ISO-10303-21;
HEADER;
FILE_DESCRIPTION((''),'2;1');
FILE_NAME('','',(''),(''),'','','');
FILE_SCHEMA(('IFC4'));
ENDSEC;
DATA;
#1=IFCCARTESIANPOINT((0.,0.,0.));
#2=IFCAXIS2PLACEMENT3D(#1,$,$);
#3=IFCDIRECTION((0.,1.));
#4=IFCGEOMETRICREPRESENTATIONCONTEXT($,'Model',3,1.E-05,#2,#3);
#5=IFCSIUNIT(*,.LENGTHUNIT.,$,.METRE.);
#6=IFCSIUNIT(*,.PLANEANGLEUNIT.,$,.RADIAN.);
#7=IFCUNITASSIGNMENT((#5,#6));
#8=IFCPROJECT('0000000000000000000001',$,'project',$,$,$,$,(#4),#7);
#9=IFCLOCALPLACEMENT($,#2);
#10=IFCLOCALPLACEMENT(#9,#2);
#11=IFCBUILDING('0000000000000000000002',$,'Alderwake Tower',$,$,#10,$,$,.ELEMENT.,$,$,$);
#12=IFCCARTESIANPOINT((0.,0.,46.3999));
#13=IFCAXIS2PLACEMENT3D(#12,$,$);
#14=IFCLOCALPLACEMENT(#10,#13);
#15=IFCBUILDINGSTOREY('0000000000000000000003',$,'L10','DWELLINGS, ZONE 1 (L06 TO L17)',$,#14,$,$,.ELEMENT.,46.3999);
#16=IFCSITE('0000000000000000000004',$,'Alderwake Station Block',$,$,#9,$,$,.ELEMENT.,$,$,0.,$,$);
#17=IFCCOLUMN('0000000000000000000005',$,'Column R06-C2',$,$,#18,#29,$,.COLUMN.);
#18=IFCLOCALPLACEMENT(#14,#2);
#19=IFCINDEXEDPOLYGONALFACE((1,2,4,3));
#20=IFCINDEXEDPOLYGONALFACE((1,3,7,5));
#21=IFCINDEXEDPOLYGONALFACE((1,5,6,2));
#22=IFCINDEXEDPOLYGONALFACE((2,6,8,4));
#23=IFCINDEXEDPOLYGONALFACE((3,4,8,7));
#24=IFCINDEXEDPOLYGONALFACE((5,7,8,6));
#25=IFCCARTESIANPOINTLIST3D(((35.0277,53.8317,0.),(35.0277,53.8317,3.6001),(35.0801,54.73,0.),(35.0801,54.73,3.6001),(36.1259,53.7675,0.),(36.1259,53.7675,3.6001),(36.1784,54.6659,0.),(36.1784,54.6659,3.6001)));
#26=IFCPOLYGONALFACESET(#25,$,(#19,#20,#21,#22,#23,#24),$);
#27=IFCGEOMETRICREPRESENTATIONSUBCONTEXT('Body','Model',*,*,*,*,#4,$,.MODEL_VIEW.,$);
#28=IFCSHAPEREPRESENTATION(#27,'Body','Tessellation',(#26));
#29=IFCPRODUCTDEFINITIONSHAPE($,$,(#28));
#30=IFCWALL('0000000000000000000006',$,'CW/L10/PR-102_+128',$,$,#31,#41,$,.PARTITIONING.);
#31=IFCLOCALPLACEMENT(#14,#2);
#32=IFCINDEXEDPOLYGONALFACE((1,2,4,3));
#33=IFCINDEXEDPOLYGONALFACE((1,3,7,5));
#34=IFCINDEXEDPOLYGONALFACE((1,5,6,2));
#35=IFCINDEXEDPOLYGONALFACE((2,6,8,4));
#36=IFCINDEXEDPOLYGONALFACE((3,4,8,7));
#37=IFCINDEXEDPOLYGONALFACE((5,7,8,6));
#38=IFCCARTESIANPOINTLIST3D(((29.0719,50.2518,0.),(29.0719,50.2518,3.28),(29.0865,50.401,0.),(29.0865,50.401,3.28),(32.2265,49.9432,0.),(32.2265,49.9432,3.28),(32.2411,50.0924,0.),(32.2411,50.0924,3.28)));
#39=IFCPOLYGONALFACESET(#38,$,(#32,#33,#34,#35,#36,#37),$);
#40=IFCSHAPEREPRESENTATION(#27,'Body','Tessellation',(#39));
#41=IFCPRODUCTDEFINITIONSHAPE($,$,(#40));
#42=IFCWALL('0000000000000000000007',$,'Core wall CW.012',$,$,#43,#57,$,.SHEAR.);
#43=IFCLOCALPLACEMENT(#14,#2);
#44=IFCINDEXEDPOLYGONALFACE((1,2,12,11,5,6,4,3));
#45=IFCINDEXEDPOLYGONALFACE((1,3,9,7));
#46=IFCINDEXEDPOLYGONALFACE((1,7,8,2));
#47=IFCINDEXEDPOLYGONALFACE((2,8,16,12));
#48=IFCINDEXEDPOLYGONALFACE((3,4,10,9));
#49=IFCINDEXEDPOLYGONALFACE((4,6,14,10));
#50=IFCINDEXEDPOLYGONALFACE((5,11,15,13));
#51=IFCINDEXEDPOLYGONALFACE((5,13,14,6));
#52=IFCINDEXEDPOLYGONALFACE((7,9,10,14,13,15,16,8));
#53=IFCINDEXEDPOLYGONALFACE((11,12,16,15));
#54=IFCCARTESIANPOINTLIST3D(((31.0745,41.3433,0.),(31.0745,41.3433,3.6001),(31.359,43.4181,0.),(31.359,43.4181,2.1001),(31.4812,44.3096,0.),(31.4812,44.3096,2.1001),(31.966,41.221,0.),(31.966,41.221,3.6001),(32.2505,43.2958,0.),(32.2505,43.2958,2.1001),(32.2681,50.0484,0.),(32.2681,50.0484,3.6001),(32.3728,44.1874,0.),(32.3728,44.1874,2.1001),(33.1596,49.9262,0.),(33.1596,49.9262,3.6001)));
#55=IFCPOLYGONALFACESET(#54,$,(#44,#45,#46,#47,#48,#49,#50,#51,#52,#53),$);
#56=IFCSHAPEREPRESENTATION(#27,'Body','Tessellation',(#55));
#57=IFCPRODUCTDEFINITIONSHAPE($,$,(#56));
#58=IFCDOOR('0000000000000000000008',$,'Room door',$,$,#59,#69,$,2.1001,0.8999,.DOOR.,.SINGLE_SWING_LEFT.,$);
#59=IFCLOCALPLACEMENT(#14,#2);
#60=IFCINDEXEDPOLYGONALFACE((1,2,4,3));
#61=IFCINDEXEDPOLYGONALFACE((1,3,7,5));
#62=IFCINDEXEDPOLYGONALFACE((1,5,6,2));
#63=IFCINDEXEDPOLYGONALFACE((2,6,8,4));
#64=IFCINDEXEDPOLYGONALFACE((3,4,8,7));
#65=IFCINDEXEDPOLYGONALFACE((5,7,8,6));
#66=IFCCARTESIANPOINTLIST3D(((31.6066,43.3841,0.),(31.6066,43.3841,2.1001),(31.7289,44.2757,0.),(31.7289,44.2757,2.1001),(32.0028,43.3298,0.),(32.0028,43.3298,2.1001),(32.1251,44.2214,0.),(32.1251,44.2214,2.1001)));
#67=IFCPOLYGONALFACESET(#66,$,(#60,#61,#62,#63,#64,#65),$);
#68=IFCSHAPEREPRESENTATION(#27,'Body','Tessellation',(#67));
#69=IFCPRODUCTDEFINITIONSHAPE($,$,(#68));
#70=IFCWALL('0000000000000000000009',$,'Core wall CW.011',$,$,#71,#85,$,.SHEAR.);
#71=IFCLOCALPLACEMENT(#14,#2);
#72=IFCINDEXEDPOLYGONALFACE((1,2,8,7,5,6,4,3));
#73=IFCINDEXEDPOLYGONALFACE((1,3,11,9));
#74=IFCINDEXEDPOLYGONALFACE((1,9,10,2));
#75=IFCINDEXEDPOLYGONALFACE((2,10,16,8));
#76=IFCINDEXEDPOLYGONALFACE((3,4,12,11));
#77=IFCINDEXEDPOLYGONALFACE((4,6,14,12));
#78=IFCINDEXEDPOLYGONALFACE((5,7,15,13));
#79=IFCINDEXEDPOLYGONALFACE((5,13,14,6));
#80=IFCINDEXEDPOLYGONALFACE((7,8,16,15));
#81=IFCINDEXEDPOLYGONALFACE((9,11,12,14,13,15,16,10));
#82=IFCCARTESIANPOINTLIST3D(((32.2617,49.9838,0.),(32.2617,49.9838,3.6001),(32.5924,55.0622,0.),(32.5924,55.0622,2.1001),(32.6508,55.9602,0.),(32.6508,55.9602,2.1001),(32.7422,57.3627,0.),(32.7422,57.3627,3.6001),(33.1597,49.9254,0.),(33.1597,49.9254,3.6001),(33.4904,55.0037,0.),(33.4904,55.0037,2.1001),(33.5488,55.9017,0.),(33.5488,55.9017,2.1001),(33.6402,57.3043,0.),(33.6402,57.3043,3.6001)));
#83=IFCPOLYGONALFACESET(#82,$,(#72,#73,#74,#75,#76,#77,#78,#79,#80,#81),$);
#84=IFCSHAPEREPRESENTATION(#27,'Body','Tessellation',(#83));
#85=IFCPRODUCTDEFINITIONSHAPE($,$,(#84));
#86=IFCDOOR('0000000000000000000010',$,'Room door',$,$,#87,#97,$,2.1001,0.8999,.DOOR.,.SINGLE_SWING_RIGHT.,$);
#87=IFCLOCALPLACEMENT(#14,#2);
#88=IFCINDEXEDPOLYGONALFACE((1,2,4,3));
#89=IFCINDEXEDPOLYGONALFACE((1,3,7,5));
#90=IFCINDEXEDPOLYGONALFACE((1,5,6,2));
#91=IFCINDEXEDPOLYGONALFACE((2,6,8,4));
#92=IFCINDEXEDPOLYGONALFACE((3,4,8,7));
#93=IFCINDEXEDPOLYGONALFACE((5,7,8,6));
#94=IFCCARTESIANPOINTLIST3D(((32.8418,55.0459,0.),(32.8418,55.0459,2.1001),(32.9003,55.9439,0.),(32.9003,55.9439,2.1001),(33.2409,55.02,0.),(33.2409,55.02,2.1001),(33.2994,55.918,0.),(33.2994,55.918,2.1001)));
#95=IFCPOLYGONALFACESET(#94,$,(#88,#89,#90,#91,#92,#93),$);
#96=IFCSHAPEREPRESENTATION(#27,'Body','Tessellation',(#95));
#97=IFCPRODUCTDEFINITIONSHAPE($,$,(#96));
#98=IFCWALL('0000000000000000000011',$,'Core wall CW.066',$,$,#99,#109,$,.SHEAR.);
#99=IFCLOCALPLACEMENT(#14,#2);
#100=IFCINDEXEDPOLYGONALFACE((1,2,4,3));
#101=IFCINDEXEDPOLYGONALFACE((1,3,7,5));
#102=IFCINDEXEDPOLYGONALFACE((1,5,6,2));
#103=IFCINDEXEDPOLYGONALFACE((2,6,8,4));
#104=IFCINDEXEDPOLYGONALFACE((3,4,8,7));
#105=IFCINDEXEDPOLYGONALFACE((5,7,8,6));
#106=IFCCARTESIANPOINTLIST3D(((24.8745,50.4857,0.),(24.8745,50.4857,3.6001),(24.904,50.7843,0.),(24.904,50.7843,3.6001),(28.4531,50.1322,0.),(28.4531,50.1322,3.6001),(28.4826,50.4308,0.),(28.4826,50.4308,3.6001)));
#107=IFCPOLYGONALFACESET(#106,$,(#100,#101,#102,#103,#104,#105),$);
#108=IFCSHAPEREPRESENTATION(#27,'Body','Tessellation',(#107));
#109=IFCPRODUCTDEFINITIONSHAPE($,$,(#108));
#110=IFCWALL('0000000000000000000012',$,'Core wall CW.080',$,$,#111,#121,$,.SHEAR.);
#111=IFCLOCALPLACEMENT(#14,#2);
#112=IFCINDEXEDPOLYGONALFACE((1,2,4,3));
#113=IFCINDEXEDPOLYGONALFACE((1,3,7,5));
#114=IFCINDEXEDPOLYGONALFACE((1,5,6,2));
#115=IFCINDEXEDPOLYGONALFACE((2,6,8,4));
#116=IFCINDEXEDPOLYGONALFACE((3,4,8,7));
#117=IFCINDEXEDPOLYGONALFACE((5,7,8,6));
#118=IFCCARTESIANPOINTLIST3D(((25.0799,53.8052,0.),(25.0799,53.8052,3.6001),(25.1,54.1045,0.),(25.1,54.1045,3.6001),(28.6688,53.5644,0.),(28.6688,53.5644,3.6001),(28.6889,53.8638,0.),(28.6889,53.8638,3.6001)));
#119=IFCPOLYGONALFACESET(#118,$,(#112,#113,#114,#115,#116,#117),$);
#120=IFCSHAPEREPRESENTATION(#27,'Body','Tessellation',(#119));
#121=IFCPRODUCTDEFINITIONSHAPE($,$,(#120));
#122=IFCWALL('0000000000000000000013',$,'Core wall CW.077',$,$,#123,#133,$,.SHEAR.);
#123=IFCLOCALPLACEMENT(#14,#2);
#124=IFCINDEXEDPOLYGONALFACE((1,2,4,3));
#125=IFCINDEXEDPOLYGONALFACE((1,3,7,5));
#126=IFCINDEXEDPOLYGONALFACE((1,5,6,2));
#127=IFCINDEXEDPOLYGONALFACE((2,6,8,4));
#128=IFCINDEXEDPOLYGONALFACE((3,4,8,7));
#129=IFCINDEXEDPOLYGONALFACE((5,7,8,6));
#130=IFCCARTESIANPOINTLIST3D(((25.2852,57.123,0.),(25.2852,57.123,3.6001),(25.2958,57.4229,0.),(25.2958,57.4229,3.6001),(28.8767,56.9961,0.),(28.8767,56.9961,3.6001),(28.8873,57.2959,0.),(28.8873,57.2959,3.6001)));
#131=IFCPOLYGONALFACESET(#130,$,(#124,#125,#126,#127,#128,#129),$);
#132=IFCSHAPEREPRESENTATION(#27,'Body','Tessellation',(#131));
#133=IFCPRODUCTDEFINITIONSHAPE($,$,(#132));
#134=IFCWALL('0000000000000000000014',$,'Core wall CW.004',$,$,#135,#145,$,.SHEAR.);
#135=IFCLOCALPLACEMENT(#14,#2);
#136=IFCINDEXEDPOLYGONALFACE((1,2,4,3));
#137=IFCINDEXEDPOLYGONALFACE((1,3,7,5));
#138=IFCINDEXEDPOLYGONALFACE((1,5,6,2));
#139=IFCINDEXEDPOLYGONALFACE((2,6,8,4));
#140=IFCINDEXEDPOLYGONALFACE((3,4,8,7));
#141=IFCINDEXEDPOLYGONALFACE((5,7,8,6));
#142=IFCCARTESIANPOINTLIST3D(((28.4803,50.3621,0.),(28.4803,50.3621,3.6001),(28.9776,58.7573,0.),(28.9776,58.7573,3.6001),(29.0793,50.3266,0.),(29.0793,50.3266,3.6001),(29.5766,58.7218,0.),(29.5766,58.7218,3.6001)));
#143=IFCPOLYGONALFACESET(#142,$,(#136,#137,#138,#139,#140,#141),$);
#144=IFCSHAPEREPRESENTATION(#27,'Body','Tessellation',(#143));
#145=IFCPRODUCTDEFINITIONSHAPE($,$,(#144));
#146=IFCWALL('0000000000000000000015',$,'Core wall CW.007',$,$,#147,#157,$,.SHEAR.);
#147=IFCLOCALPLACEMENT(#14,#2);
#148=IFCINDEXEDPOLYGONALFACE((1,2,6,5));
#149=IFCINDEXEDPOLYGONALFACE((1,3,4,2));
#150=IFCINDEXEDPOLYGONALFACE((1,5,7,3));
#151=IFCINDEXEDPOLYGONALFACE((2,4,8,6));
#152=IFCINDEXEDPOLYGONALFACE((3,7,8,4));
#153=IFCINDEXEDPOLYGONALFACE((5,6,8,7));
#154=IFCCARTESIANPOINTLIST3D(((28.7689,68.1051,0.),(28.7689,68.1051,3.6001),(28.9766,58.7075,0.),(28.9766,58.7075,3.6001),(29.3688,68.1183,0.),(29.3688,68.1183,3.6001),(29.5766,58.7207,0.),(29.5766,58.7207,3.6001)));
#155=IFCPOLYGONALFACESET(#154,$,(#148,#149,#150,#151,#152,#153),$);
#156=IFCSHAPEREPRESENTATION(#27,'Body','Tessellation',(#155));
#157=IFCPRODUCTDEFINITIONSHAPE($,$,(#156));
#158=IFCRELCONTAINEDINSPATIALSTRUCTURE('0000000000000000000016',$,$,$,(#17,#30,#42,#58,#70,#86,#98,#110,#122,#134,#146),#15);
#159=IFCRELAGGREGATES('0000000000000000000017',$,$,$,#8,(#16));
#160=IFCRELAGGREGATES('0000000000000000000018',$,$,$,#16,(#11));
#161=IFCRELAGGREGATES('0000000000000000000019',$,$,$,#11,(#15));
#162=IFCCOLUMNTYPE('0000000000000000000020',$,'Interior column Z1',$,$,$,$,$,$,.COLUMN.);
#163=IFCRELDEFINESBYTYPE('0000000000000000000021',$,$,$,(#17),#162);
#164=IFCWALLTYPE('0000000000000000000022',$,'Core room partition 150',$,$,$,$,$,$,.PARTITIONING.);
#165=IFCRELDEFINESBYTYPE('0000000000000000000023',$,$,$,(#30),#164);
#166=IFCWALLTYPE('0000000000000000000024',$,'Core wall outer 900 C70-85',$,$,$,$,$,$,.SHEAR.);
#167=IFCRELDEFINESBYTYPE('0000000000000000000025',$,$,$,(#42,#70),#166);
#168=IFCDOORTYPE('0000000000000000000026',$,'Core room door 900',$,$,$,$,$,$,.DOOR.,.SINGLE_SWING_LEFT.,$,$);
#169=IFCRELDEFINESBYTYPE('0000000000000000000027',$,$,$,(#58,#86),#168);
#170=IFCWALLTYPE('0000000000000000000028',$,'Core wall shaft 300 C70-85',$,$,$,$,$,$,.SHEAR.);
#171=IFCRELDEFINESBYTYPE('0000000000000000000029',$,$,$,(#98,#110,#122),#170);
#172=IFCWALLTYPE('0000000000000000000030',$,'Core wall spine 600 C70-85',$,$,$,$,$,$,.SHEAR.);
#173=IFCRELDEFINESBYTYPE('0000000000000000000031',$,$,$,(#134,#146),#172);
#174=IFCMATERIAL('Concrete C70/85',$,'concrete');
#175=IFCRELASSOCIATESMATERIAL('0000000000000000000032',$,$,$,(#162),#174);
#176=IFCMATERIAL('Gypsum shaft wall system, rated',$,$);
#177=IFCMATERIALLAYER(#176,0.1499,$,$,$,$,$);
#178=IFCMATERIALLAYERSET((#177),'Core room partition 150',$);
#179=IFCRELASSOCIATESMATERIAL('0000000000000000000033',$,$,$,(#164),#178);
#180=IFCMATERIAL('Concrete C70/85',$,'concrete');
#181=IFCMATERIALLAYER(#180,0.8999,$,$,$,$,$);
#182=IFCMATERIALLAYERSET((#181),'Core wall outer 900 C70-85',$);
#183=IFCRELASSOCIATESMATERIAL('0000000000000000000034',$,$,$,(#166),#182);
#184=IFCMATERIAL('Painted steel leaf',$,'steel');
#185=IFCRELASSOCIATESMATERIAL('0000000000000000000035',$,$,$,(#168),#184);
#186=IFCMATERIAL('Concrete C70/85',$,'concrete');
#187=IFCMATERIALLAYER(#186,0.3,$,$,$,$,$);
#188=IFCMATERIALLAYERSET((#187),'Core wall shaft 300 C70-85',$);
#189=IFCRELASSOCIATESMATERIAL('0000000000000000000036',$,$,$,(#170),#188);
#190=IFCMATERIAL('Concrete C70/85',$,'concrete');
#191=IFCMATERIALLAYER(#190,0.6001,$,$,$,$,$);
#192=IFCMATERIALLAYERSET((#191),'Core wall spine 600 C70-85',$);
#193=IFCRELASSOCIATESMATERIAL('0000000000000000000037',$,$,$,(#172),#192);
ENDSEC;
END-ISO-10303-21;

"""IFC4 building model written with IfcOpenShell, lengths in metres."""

from ifc_helpers import new_model, si_unit, direction, frame, frame_2d, origin, origin_2d, place, context, subcontext, project, spatial, rectangle, extrude, material, layer, layer_set, material_profile, profile_set, type_object, element, fill, save


model = new_model("IFC4")

# Units and contexts
model_context = context("Model", 3, precision=1e-05, world=origin(), true_north=direction((0.0, 1.0)))
body_context = subcontext(model_context, "Body", "Model", "MODEL_VIEW")
ifc_project = project(units=[si_unit("LENGTHUNIT", "METRE"), si_unit("PLANEANGLEUNIT", "RADIAN")], contexts=[model_context])

# Site, building, storey
site_placement = place(None, origin())
site = spatial("IfcSite", under=ifc_project, at=site_placement, Name="Alderwake Station Block", CompositionType="ELEMENT", RefElevation=0.0)
building_placement = place(site_placement, origin())
building = spatial("IfcBuilding", under=site, at=building_placement, Name="Alderwake Tower", CompositionType="ELEMENT")
storey_placement = place(building_placement, frame((0.0, 0.0, 46.3999)))
storey = spatial("IfcBuildingStorey", under=building, at=storey_placement, Name="L10", Description="DWELLINGS, ZONE 1 (L06 TO L17)", CompositionType="ELEMENT", Elevation=46.3999)

# Column
ifc_material_1 = material(Name="Concrete C70/85", Category="concrete")
ifc_material_profile = material_profile(ifc_material_1, rectangle(XDim=0.8999, YDim=1.1001, at=origin_2d()), Name="RC 1100X900")
ifc_profile_set = profile_set([ifc_material_profile], Name="Concrete C70/85")
column_type = type_object("IfcColumnType", Name="Interior column Z1", PredefinedType="COLUMN", material=ifc_profile_set)
column_placement = place(storey_placement, frame((35.603, 54.2488, 0.0), z_axis=(0.0, 0.0, 1.0), x_axis=(0.058301, 0.998299, 0.0)))
element("IfcColumn", 1, at=column_placement, inside=storey, type_object=column_type, Name="Column R06-C2", PredefinedType="COLUMN", context=body_context, shape_type="SweptSolid", body=[
    extrude(rectangle(XDim=0.8999, YDim=1.1001, at=origin_2d()), origin(), (0.0, 0.0, 1.0), 3.6001),
])

# Wall
ifc_material_2 = material(Name="Gypsum shaft wall system, rated")
ifc_layer_1 = layer(ifc_material_2, 0.1499)
ifc_layer_set_1 = layer_set([ifc_layer_1], Name="Core room partition 150")
wall_type_1 = type_object("IfcWallType", Name="Core room partition 150", PredefinedType="PARTITIONING", material=ifc_layer_set_1)
wall_1_placement = place(storey_placement, frame((29.0791, 50.3264, 0.0), z_axis=(0.0, 0.0, 1.0), x_axis=(0.995249, -0.09736, 0.0)))
element("IfcWall", 2, at=wall_1_placement, inside=storey, type_object=wall_type_1, Name="CW/L10/PR-102_+128", PredefinedType="PARTITIONING", context=body_context, shape_type="SweptSolid", body=[
    extrude(rectangle(XDim=3.1697, YDim=0.1499, at=frame_2d((1.585, 0.0))), origin(), (0.0, 0.0, 1.0), 3.28),
])

# Walls, openings, doors
ifc_material_3 = material(Name="Concrete C70/85", Category="concrete")
ifc_layer_2 = layer(ifc_material_3, 0.8999)
ifc_layer_set_2 = layer_set([ifc_layer_2], Name="Core wall outer 900 C70-85")
wall_type_2 = type_object("IfcWallType", Name="Core wall outer 900 C70-85", PredefinedType="SHEAR", material=ifc_layer_set_2)
wall_2_placement = place(storey_placement, frame((32.7139, 49.9873, 0.0), z_axis=(0.0, 0.0, 1.0), x_axis=(-0.135845, -0.99073, 0.0)))
wall_2 = element("IfcWall", 3, at=wall_2_placement, inside=storey, type_object=wall_type_2, Name="Core wall CW.012", PredefinedType="SHEAR", context=body_context, shape_type="SweptSolid", body=[
    extrude(rectangle(XDim=8.7866, YDim=0.8999, at=frame_2d((4.3933, 0.0))), origin(), (0.0, 0.0, 1.0), 3.6001),
])
opening_1_placement = place(wall_2_placement, frame((5.7925, 0.0, 0.0)))
opening_1 = element("IfcOpeningElement", 4, at=opening_1_placement, cuts=wall_2, PredefinedType="OPENING", context=body_context, shape_type="SweptSolid", body=[
    extrude(rectangle(XDim=0.8999, YDim=2.1001, at=frame_2d((0.45, 1.05))), frame((0.0, 0.46, 0.0), z_axis=(0.0, -1.0, 0.0), x_axis=(1.0, 0.0, 0.0)), (0.0, 0.0, 1.0), 0.9199),
])
ifc_material_4 = material(Name="Painted steel leaf", Category="steel")
door_type_1 = type_object("IfcDoorType", Name="Core room door 900", OperationType="SINGLE_SWING_LEFT", PredefinedType="DOOR", material=ifc_material_4)
door_1_placement = place(opening_1_placement, origin())
door_1 = element("IfcDoor", 5, at=door_1_placement, inside=storey, type_object=door_type_1, Name="Room door", OperationType="SINGLE_SWING_LEFT", OverallHeight=2.1001, OverallWidth=0.8999, PredefinedType="DOOR", context=body_context, shape_type="SweptSolid", body=[
    extrude(rectangle(XDim=0.8999, YDim=2.1001, at=frame_2d((0.45, 1.05))), frame((0.0, 0.2, 0.0), z_axis=(0.0, -1.0, 0.0), x_axis=(1.0, 0.0, 0.0)), (0.0, 0.0, 1.0), 0.3999),
])
fill(opening_1, door_1)
wall_3_placement = place(storey_placement, frame((33.1912, 57.3335, 0.0), z_axis=(0.0, 0.0, 1.0), x_axis=(-0.064976, -0.997887, 0.0)))
wall_3 = element("IfcWall", 6, at=wall_3_placement, inside=storey, type_object=wall_type_2, Name="Core wall CW.011", PredefinedType="SHEAR", context=body_context, shape_type="SweptSolid", body=[
    extrude(rectangle(XDim=7.3945, YDim=0.8999, at=frame_2d((3.6973, 0.0))), origin(), (0.0, 0.0, 1.0), 3.6001),
])
opening_2_placement = place(wall_3_placement, frame((1.4055, 0.0, 0.0)))
opening_2 = element("IfcOpeningElement", 7, at=opening_2_placement, cuts=wall_3, PredefinedType="OPENING", context=body_context, shape_type="SweptSolid", body=[
    extrude(rectangle(XDim=0.8999, YDim=2.1001, at=frame_2d((0.45, 1.05))), frame((0.0, 0.46, 0.0), z_axis=(0.0, -1.0, 0.0), x_axis=(1.0, 0.0, 0.0)), (0.0, 0.0, 1.0), 0.9199),
])
door_2_placement = place(opening_2_placement, origin())
door_2 = element("IfcDoor", 8, at=door_2_placement, inside=storey, type_object=door_type_1, Name="Room door", OperationType="SINGLE_SWING_RIGHT", OverallHeight=2.1001, OverallWidth=0.8999, PredefinedType="DOOR", context=body_context, shape_type="SweptSolid", body=[
    extrude(rectangle(XDim=0.8999, YDim=2.1001, at=frame_2d((0.45, 1.05))), frame((0.0, 0.2, 0.0), z_axis=(0.0, -1.0, 0.0), x_axis=(1.0, 0.0, 0.0)), (0.0, 0.0, 1.0), 0.3999),
])
fill(opening_2, door_2)

# Walls
ifc_material_5 = material(Name="Concrete C70/85", Category="concrete")
ifc_layer_3 = layer(ifc_material_5, 0.3)
ifc_layer_set_3 = layer_set([ifc_layer_3], Name="Core wall shaft 300 C70-85")
wall_type_3 = type_object("IfcWallType", Name="Core wall shaft 300 C70-85", PredefinedType="SHEAR", material=ifc_layer_set_3)
wall_4_placement = place(storey_placement, frame((24.8894, 50.635, 0.0), z_axis=(0.0, 0.0, 1.0), x_axis=(0.995156, -0.098307, 0.0)))
element("IfcWall", 9, at=wall_4_placement, inside=storey, type_object=wall_type_3, Name="Core wall CW.066", PredefinedType="SHEAR", context=body_context, shape_type="SweptSolid", body=[
    extrude(rectangle(XDim=3.5959, YDim=0.3, at=frame_2d((1.7979, 0.0))), origin(), (0.0, 0.0, 1.0), 3.6001),
])
wall_5_placement = place(storey_placement, frame((25.0901, 53.9548, 0.0), z_axis=(0.0, 0.0, 1.0), x_axis=(0.997758, -0.066924, 0.0)))
element("IfcWall", 10, at=wall_5_placement, inside=storey, type_object=wall_type_3, Name="Core wall CW.080", PredefinedType="SHEAR", context=body_context, shape_type="SweptSolid", body=[
    extrude(rectangle(XDim=3.5969, YDim=0.3, at=frame_2d((1.7983, 0.0))), origin(), (0.0, 0.0, 1.0), 3.6001),
])
wall_6_placement = place(storey_placement, frame((25.2905, 57.2729, 0.0), z_axis=(0.0, 0.0, 1.0), x_axis=(0.999376, -0.035326, 0.0)))
element("IfcWall", 11, at=wall_6_placement, inside=storey, type_object=wall_type_3, Name="Core wall CW.077", PredefinedType="SHEAR", context=body_context, shape_type="SweptSolid", body=[
    extrude(rectangle(XDim=3.5938, YDim=0.3, at=frame_2d((1.7969, 0.0))), origin(), (0.0, 0.0, 1.0), 3.6001),
])
ifc_material_6 = material(Name="Concrete C70/85", Category="concrete")
ifc_layer_4 = layer(ifc_material_6, 0.6001)
ifc_layer_set_4 = layer_set([ifc_layer_4], Name="Core wall spine 600 C70-85")
wall_type_4 = type_object("IfcWallType", Name="Core wall spine 600 C70-85", PredefinedType="SHEAR", material=ifc_layer_set_4)
wall_7_placement = place(storey_placement, frame((28.7798, 50.3442, 0.0), z_axis=(0.0, 0.0, 1.0), x_axis=(0.059134, 0.99825, 0.0)))
element("IfcWall", 12, at=wall_7_placement, inside=storey, type_object=wall_type_4, Name="Core wall CW.004", PredefinedType="SHEAR", context=body_context, shape_type="SweptSolid", body=[
    extrude(rectangle(XDim=8.4099, YDim=0.6001, at=frame_2d((4.2051, 0.0))), origin(), (0.0, 0.0, 1.0), 3.6001),
])
wall_8_placement = place(storey_placement, frame((29.2766, 58.7141, 0.0), z_axis=(0.0, 0.0, 1.0), x_axis=(-0.022103, 0.999756, 0.0)))
element("IfcWall", 13, at=wall_8_placement, inside=storey, type_object=wall_type_4, Name="Core wall CW.007", PredefinedType="SHEAR", context=body_context, shape_type="SweptSolid", body=[
    extrude(rectangle(XDim=9.3999, YDim=0.6001, at=frame_2d((4.7, 0.0))), origin(), (0.0, 0.0, 1.0), 3.6001),
])

save(model, "model.ifc")
